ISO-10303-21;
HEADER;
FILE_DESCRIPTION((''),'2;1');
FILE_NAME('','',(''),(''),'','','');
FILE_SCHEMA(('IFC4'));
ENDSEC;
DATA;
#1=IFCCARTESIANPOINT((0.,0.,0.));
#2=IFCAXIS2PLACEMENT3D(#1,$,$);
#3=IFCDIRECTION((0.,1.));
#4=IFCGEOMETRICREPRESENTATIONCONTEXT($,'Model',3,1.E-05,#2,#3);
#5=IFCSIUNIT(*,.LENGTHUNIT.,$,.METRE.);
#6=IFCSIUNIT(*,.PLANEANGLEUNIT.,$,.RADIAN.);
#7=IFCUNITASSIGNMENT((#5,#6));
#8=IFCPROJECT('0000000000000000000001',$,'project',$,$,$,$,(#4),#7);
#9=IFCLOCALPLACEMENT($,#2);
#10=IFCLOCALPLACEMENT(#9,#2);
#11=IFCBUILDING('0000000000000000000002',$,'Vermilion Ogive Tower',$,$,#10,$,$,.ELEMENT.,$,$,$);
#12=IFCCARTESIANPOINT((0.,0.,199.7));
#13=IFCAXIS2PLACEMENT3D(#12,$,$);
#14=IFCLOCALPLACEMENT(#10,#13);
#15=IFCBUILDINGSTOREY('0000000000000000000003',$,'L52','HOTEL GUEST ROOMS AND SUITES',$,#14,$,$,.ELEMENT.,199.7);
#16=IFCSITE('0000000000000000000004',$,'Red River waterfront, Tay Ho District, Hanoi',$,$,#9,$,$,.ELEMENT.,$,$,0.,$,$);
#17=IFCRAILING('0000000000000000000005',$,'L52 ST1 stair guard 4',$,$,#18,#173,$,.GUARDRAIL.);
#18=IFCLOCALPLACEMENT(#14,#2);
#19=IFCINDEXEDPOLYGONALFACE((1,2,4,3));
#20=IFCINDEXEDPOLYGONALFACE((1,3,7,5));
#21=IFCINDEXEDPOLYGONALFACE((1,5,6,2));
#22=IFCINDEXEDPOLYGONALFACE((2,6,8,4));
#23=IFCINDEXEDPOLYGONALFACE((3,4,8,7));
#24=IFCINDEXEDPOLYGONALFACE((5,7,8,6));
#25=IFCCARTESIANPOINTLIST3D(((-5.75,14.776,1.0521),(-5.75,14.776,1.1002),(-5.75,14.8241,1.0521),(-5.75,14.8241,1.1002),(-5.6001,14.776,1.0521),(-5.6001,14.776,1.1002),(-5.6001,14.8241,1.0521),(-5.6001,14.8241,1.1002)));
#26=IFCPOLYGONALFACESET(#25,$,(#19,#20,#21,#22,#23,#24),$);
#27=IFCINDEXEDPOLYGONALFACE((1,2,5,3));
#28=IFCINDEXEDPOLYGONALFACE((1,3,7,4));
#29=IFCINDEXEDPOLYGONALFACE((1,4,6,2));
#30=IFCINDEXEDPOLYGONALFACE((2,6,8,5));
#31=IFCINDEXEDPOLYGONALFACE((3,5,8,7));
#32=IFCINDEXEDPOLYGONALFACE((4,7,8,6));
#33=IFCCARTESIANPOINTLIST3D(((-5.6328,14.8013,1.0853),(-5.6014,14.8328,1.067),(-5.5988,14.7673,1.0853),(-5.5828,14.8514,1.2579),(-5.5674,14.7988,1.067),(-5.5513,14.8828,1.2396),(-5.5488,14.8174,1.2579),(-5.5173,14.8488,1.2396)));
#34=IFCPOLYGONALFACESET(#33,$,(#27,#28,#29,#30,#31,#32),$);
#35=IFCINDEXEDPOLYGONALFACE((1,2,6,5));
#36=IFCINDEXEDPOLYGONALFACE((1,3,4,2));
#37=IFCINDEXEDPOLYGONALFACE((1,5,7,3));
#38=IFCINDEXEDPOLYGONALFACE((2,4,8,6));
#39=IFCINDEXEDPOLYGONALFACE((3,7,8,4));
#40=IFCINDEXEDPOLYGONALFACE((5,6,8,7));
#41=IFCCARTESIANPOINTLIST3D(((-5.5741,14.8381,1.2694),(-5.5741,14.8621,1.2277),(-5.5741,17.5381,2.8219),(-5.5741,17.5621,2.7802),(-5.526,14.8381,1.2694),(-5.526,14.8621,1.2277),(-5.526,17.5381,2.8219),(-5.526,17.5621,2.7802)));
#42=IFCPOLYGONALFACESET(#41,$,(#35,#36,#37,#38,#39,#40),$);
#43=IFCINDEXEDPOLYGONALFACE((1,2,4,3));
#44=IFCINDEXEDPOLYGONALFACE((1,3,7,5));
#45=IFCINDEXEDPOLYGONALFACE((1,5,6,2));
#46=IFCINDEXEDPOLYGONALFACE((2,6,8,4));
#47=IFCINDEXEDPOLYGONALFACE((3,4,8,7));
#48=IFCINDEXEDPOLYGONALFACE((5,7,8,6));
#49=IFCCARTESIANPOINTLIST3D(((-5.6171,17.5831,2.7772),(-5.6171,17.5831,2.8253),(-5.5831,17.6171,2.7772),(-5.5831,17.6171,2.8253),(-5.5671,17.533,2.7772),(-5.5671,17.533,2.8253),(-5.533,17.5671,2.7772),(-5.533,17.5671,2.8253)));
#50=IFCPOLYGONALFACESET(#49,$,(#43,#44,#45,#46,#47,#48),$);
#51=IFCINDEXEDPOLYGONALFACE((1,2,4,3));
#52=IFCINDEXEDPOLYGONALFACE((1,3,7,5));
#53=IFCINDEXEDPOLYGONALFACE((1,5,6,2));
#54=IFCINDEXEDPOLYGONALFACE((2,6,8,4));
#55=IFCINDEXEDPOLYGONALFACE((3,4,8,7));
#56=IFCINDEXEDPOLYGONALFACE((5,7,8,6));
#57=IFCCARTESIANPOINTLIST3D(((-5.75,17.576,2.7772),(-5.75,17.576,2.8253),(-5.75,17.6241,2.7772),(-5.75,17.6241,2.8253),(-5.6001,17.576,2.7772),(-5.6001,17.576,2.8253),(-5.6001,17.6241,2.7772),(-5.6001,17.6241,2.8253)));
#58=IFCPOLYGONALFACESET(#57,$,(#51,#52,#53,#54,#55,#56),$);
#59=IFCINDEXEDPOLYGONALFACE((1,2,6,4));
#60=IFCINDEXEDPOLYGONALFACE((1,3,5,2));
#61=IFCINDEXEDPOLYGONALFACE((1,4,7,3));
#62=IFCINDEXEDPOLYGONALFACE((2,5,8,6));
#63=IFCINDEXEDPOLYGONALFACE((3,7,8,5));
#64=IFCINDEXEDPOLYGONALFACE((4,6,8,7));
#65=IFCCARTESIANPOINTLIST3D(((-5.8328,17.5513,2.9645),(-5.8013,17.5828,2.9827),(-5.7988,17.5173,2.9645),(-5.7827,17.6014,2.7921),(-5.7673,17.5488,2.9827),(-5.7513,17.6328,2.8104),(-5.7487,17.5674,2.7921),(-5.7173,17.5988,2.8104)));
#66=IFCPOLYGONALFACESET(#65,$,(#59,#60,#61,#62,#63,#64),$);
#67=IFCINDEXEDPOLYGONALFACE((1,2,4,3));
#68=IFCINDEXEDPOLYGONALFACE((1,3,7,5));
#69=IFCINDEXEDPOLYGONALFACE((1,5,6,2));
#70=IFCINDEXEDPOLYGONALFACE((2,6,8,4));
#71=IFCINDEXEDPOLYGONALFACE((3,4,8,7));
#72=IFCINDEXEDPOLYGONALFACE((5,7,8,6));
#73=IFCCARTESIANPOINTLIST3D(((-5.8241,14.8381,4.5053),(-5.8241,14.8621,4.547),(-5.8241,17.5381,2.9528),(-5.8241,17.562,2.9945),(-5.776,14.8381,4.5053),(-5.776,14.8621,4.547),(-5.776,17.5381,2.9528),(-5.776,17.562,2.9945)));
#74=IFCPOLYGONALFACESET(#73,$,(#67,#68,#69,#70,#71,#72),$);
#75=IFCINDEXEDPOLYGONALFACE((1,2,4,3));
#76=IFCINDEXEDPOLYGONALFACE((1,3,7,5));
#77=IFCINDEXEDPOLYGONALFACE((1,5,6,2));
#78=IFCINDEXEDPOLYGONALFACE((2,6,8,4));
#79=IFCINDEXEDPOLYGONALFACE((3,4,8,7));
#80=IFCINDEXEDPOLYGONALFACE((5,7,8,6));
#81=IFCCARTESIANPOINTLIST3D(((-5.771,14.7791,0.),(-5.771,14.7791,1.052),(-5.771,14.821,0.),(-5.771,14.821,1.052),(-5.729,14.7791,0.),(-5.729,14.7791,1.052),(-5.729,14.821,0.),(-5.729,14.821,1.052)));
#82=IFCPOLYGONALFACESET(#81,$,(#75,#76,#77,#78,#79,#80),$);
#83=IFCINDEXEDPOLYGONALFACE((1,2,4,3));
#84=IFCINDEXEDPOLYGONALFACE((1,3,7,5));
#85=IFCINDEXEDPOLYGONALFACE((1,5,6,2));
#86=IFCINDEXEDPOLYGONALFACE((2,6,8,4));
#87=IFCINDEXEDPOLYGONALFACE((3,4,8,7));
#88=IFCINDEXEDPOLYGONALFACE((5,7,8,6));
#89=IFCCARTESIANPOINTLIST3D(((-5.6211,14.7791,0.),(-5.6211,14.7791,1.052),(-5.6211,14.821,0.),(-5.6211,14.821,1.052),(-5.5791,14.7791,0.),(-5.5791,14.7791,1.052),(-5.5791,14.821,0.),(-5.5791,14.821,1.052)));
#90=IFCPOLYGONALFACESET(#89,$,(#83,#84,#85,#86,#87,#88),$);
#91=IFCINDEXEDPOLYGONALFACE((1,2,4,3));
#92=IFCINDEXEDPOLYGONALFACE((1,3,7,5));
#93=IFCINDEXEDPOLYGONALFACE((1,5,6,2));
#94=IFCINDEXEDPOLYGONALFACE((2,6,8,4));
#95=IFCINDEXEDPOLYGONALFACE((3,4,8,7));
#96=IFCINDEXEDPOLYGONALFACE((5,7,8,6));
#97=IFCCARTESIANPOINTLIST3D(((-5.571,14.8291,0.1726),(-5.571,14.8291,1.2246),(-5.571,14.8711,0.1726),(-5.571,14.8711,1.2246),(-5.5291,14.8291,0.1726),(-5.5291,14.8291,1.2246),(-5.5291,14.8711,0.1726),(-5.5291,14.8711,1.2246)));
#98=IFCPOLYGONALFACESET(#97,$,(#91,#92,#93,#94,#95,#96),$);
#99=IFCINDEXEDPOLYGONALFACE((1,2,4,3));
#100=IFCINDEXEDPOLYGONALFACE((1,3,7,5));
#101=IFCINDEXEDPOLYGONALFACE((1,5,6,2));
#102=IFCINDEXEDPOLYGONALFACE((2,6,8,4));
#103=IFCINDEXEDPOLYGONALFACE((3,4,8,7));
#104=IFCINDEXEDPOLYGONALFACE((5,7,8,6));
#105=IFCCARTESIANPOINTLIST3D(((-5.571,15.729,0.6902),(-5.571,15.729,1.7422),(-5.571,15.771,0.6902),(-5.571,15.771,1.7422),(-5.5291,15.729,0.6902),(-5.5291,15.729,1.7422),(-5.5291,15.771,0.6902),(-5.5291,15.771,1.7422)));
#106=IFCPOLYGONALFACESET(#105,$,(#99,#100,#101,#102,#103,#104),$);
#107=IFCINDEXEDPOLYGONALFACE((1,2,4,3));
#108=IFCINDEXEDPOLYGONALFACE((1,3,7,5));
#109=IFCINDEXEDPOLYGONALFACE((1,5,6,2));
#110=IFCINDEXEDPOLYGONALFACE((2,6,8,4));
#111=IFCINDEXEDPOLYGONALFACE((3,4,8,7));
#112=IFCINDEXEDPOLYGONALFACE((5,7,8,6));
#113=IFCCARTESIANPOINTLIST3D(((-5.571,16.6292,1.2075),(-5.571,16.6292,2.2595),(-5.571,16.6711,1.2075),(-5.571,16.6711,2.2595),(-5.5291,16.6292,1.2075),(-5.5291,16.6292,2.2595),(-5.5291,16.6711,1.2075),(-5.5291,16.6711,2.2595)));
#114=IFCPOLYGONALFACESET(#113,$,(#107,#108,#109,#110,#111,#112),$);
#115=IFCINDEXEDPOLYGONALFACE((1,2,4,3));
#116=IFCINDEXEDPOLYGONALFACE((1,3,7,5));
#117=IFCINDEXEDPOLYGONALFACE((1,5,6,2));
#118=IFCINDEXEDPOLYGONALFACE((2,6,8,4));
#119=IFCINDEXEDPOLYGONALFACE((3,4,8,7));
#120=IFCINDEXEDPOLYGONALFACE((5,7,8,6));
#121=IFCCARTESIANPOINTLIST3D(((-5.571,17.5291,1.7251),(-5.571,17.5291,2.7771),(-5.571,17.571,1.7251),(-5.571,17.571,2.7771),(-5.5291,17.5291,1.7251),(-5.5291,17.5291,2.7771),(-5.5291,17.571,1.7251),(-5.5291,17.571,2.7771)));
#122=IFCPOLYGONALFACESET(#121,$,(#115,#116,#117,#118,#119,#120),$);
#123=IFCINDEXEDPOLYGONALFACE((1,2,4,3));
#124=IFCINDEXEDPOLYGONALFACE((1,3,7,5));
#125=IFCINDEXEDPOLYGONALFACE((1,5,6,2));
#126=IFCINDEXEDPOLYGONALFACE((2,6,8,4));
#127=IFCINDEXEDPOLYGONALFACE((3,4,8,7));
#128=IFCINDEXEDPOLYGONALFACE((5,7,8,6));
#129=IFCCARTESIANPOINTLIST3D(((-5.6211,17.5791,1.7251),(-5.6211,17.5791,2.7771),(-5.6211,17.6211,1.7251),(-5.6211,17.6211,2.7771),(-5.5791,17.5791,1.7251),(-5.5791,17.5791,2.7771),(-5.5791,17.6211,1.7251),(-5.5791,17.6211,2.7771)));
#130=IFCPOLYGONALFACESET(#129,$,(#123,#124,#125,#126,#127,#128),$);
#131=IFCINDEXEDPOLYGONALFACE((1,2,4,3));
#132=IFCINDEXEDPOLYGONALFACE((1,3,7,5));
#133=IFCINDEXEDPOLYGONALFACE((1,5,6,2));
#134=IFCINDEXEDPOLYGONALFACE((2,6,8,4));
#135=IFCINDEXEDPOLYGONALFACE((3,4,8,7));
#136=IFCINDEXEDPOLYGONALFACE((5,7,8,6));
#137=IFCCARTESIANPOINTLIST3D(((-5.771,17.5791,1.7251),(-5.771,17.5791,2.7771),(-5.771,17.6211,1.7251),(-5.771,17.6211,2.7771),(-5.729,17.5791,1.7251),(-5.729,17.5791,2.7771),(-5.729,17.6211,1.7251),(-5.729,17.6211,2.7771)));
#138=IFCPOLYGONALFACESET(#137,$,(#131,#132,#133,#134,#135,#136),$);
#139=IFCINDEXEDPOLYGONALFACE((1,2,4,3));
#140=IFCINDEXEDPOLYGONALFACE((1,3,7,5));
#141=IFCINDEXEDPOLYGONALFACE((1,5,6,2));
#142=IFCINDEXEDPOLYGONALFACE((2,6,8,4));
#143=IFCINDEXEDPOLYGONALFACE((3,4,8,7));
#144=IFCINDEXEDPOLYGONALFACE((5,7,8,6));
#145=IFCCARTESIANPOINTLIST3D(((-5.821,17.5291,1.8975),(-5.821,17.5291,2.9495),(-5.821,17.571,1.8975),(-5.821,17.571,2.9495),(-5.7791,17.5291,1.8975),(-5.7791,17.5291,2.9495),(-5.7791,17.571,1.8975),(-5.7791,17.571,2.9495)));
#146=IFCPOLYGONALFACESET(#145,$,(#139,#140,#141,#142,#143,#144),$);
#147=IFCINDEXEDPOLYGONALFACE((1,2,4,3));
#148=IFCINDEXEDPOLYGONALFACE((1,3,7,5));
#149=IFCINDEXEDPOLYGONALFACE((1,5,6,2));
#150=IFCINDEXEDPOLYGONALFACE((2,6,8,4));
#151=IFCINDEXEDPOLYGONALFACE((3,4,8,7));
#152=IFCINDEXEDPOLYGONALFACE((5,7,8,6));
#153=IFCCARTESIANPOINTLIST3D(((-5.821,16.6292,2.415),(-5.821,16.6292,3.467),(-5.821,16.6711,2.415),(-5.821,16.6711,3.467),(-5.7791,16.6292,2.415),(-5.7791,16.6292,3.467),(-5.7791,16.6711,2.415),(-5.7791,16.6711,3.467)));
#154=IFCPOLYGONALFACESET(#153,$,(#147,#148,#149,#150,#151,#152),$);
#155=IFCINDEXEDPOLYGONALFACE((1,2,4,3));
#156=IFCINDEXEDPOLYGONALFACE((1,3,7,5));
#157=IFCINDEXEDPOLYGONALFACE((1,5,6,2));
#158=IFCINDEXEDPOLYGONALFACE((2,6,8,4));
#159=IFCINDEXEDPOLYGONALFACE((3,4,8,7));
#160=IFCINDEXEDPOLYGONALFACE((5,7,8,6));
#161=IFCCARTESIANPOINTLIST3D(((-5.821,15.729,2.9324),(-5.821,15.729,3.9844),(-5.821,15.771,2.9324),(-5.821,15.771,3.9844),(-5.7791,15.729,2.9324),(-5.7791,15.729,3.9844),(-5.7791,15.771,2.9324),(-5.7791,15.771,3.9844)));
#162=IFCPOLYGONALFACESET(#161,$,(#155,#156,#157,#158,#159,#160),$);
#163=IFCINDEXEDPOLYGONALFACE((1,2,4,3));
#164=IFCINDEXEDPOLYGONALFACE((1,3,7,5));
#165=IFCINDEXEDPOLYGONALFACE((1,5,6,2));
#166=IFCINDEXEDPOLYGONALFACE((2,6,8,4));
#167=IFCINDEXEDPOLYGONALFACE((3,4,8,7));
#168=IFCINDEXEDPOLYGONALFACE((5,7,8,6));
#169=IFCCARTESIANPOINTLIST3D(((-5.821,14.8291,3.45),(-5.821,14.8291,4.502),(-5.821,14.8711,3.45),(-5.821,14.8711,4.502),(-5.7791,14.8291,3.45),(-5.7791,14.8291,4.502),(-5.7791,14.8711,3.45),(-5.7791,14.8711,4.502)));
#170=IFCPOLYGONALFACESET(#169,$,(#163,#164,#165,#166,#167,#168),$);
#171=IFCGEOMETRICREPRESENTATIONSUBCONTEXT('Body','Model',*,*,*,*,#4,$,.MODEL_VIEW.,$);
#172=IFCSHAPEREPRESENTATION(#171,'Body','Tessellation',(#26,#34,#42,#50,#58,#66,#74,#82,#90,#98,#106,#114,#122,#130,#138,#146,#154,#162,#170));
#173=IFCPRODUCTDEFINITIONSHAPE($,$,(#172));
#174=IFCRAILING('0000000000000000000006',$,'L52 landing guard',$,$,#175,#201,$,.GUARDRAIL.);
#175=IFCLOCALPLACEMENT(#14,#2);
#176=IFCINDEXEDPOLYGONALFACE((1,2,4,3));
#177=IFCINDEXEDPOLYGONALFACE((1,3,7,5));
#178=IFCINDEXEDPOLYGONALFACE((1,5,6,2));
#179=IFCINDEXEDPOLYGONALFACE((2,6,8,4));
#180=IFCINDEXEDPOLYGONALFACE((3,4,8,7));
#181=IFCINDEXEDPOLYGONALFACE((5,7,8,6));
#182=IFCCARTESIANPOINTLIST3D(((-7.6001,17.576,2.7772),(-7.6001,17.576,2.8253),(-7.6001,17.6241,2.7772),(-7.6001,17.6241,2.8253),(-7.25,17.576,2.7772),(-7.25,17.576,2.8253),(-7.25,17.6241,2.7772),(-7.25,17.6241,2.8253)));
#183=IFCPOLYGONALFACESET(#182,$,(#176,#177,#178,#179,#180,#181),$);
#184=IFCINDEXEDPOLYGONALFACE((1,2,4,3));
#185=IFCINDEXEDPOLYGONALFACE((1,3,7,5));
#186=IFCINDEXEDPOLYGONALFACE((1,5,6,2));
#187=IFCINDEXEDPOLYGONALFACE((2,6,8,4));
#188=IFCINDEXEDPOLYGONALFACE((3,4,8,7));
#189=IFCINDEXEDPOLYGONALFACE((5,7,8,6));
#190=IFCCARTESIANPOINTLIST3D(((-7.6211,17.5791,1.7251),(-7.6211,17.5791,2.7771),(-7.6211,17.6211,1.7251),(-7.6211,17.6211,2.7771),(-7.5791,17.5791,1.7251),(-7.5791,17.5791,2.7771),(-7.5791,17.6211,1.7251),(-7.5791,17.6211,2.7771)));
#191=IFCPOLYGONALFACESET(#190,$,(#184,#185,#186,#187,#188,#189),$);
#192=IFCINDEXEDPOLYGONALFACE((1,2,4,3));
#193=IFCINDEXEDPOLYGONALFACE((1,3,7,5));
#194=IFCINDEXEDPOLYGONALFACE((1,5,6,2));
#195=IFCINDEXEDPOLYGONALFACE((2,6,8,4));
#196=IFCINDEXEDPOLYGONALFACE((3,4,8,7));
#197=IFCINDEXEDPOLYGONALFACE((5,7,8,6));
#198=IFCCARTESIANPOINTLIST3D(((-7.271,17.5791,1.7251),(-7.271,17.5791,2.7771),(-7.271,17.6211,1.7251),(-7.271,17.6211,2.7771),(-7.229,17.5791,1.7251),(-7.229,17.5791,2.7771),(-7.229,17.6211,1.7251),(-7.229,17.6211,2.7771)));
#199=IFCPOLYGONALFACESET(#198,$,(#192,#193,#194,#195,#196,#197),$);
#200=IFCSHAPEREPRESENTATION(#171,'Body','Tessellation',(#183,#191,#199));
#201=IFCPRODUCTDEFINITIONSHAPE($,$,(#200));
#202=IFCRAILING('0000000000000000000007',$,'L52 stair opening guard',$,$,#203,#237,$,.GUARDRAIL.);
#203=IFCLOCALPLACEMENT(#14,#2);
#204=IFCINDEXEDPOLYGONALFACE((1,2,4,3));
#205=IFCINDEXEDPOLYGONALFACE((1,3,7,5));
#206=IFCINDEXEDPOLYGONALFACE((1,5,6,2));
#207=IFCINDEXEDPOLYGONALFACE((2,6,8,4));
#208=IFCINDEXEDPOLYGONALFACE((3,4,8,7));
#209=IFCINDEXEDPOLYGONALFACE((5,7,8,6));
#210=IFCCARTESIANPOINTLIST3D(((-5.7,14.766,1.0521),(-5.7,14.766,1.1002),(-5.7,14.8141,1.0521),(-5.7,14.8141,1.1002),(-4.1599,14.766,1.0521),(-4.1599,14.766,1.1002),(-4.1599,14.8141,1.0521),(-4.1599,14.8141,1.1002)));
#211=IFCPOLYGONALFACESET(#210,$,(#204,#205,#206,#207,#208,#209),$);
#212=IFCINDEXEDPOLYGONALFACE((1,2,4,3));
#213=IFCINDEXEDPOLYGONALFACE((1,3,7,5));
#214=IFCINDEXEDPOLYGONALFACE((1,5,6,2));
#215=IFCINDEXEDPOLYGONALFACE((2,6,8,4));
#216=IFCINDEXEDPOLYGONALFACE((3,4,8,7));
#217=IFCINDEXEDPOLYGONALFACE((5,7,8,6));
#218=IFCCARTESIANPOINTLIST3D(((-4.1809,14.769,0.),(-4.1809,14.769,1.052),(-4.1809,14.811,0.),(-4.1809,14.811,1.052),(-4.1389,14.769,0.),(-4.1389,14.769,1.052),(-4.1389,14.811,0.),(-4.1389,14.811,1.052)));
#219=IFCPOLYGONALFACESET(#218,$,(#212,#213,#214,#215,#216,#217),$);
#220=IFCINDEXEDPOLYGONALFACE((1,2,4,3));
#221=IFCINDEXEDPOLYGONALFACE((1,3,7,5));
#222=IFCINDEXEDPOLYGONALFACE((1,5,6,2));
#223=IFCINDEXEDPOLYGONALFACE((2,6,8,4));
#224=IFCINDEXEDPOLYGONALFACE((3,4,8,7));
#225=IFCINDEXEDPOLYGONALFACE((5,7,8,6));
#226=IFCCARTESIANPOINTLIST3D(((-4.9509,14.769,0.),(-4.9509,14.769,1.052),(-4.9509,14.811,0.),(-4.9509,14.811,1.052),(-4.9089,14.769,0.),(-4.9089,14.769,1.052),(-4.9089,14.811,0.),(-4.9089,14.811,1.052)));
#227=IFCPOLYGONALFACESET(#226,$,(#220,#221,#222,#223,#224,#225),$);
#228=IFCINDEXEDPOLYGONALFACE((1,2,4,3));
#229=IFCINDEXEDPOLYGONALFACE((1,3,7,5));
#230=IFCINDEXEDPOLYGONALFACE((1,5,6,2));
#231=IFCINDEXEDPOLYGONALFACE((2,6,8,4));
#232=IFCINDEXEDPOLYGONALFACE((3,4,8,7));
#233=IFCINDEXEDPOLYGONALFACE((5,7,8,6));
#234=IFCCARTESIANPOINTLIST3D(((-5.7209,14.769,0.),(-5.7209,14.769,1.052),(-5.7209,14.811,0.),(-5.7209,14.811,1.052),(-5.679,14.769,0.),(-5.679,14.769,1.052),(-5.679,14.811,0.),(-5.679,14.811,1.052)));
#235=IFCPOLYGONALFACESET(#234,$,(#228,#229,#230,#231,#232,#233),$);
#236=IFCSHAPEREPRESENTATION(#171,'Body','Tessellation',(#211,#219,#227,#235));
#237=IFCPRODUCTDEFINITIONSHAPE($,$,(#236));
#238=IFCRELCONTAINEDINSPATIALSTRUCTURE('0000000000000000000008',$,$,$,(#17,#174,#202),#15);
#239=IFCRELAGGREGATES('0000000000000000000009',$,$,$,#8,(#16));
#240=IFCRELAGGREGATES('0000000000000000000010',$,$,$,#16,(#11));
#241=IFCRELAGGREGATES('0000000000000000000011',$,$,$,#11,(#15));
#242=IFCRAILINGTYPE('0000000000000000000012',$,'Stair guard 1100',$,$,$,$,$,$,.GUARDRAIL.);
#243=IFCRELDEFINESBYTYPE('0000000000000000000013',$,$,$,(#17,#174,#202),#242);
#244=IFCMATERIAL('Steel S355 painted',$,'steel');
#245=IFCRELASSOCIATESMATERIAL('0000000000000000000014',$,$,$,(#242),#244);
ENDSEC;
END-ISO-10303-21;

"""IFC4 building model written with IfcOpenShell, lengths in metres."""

from ifc_helpers import new_model, si_unit, direction, frame, origin, origin_2d, place, context, subcontext, project, spatial, rectangle, extrude, material, type_object, element, save


model = new_model("IFC4")

# Units and contexts
model_context = context("Model", 3, precision=1e-05, world=origin(), true_north=direction((0.0, 1.0)))
body_context = subcontext(model_context, "Body", "Model", "MODEL_VIEW")
ifc_project = project(units=[si_unit("LENGTHUNIT", "METRE"), si_unit("PLANEANGLEUNIT", "RADIAN")], contexts=[model_context])

# Site, building, storey
site_placement = place(None, origin())
site = spatial("IfcSite", under=ifc_project, at=site_placement, Name="Red River waterfront, Tay Ho District, Hanoi", CompositionType="ELEMENT", RefElevation=0.0)
building_placement = place(site_placement, origin())
building = spatial("IfcBuilding", under=site, at=building_placement, Name="Vermilion Ogive Tower", CompositionType="ELEMENT")
storey_placement = place(building_placement, frame((0.0, 0.0, 199.7)))
storey = spatial("IfcBuildingStorey", under=building, at=storey_placement, Name="L52", Description="HOTEL GUEST ROOMS AND SUITES", CompositionType="ELEMENT", Elevation=199.7)

# Railings
ifc_material_1 = material(Name="Steel S355 painted", Category="steel")
railing_type_1 = type_object("IfcRailingType", Name="Stair guard 1100", PredefinedType="GUARDRAIL", material=ifc_material_1)
railing_1_placement = place(storey_placement, frame((-5.75, 14.8, 0.0)))
element("IfcRailing", 1, at=railing_1_placement, inside=storey, type_object=railing_type_1, Name="L52 ST1 stair guard 4", PredefinedType="GUARDRAIL", context=body_context, shape_type="SweptSolid", body=[
    extrude(rectangle(XDim=0.0481, YDim=0.0481, at=origin_2d()), frame((0.0, 0.0, 1.0762), z_axis=(1.0, 0.0, 0.0), x_axis=(0.0, 1.0, 0.0)), (0.0, 0.0, 1.0), 0.1499),
    extrude(rectangle(XDim=0.0481, YDim=0.0481, at=origin_2d()), frame((0.1499, 0.0, 1.0762), z_axis=(0.268278, 0.268278, 0.925232), x_axis=(-0.707107, 0.707107, 0.0)), (0.0, 0.0, 1.0), 0.1865),
    extrude(rectangle(XDim=0.0481, YDim=0.0481, at=origin_2d()), frame((0.2, 0.05, 1.2485), z_axis=(0.0, 0.866904, 0.498476), x_axis=(-1.0, 0.0, 0.0)), (0.0, 0.0, 1.0), 3.1145),
    extrude(rectangle(XDim=0.0481, YDim=0.0481, at=origin_2d()), frame((0.2, 2.75, 2.8013), z_axis=(-0.707107, 0.707107, 0.0), x_axis=(-0.707107, -0.707107, 0.0)), (0.0, 0.0, 1.0), 0.0708),
    extrude(rectangle(XDim=0.0481, YDim=0.0481, at=origin_2d()), frame((0.1499, 2.8, 2.8013), z_axis=(-1.0, 0.0, 0.0), x_axis=(0.0, -1.0, 0.0)), (0.0, 0.0, 1.0), 0.1499),
    extrude(rectangle(XDim=0.0481, YDim=0.0481, at=origin_2d()), frame((0.0, 2.8, 2.8013), z_axis=(-0.268603, -0.268603, 0.925043), x_axis=(0.707107, -0.707107, 0.0)), (0.0, 0.0, 1.0), 0.1863),
    extrude(rectangle(XDim=0.0481, YDim=0.0481, at=origin_2d()), frame((-0.05, 2.75, 2.9736), z_axis=(0.0, -0.866904, 0.498476), x_axis=(1.0, 0.0, 0.0)), (0.0, 0.0, 1.0), 3.1145),
    extrude(rectangle(XDim=0.042, YDim=0.042, at=origin_2d()), origin(), (0.0, 0.0, 1.0), 1.052),
    extrude(rectangle(XDim=0.042, YDim=0.042, at=origin_2d()), frame((0.1499, 0.0, 0.0)), (0.0, 0.0, 1.0), 1.052),
    extrude(rectangle(XDim=0.042, YDim=0.042, at=origin_2d()), frame((0.2, 0.05, 0.1726)), (0.0, 0.0, 1.0), 1.052),
    extrude(rectangle(XDim=0.042, YDim=0.042, at=origin_2d()), frame((0.2, 0.95, 0.6902)), (0.0, 0.0, 1.0), 1.052),
    extrude(rectangle(XDim=0.042, YDim=0.042, at=origin_2d()), frame((0.2, 1.8501, 1.2075)), (0.0, 0.0, 1.0), 1.052),
    extrude(rectangle(XDim=0.042, YDim=0.042, at=origin_2d()), frame((0.2, 2.75, 1.7251)), (0.0, 0.0, 1.0), 1.052),
    extrude(rectangle(XDim=0.042, YDim=0.042, at=origin_2d()), frame((0.1499, 2.8, 1.7251)), (0.0, 0.0, 1.0), 1.052),
    extrude(rectangle(XDim=0.042, YDim=0.042, at=origin_2d()), frame((0.0, 2.8, 1.7251)), (0.0, 0.0, 1.0), 1.052),
    extrude(rectangle(XDim=0.042, YDim=0.042, at=origin_2d()), frame((-0.05, 2.75, 1.8975)), (0.0, 0.0, 1.0), 1.052),
    extrude(rectangle(XDim=0.042, YDim=0.042, at=origin_2d()), frame((-0.05, 1.8501, 2.415)), (0.0, 0.0, 1.0), 1.052),
    extrude(rectangle(XDim=0.042, YDim=0.042, at=origin_2d()), frame((-0.05, 0.95, 2.9324)), (0.0, 0.0, 1.0), 1.052),
    extrude(rectangle(XDim=0.042, YDim=0.042, at=origin_2d()), frame((-0.05, 0.05, 3.45)), (0.0, 0.0, 1.0), 1.052),
])
railing_2_placement = place(storey_placement, frame((-7.6001, 17.6001, 1.7251)))
element("IfcRailing", 2, at=railing_2_placement, inside=storey, type_object=railing_type_1, Name="L52 landing guard", PredefinedType="GUARDRAIL", context=body_context, shape_type="SweptSolid", body=[
    extrude(rectangle(XDim=0.0481, YDim=0.0481, at=origin_2d()), frame((0.0, 0.0, 1.0762), z_axis=(1.0, 0.0, 0.0), x_axis=(0.0, 1.0, 0.0)), (0.0, 0.0, 1.0), 0.3501),
    extrude(rectangle(XDim=0.042, YDim=0.042, at=origin_2d()), origin(), (0.0, 0.0, 1.0), 1.052),
    extrude(rectangle(XDim=0.042, YDim=0.042, at=origin_2d()), frame((0.3501, 0.0, 0.0)), (0.0, 0.0, 1.0), 1.052),
])
railing_3_placement = place(storey_placement, frame((-4.1599, 14.79, 0.0)))
element("IfcRailing", 3, at=railing_3_placement, inside=storey, type_object=railing_type_1, Name="L52 stair opening guard", PredefinedType="GUARDRAIL", context=body_context, shape_type="SweptSolid", body=[
    extrude(rectangle(XDim=0.0481, YDim=0.0481, at=origin_2d()), frame((0.0, 0.0, 1.0762), z_axis=(-1.0, 0.0, 0.0), x_axis=(0.0, -1.0, 0.0)), (0.0, 0.0, 1.0), 1.54),
    extrude(rectangle(XDim=0.042, YDim=0.042, at=origin_2d()), origin(), (0.0, 0.0, 1.0), 1.052),
    extrude(rectangle(XDim=0.042, YDim=0.042, at=origin_2d()), frame((-0.77, 0.0, 0.0)), (0.0, 0.0, 1.0), 1.052),
    extrude(rectangle(XDim=0.042, YDim=0.042, at=origin_2d()), frame((-1.54, 0.0, 0.0)), (0.0, 0.0, 1.0), 1.052),
])

save(model, "model.ifc")
